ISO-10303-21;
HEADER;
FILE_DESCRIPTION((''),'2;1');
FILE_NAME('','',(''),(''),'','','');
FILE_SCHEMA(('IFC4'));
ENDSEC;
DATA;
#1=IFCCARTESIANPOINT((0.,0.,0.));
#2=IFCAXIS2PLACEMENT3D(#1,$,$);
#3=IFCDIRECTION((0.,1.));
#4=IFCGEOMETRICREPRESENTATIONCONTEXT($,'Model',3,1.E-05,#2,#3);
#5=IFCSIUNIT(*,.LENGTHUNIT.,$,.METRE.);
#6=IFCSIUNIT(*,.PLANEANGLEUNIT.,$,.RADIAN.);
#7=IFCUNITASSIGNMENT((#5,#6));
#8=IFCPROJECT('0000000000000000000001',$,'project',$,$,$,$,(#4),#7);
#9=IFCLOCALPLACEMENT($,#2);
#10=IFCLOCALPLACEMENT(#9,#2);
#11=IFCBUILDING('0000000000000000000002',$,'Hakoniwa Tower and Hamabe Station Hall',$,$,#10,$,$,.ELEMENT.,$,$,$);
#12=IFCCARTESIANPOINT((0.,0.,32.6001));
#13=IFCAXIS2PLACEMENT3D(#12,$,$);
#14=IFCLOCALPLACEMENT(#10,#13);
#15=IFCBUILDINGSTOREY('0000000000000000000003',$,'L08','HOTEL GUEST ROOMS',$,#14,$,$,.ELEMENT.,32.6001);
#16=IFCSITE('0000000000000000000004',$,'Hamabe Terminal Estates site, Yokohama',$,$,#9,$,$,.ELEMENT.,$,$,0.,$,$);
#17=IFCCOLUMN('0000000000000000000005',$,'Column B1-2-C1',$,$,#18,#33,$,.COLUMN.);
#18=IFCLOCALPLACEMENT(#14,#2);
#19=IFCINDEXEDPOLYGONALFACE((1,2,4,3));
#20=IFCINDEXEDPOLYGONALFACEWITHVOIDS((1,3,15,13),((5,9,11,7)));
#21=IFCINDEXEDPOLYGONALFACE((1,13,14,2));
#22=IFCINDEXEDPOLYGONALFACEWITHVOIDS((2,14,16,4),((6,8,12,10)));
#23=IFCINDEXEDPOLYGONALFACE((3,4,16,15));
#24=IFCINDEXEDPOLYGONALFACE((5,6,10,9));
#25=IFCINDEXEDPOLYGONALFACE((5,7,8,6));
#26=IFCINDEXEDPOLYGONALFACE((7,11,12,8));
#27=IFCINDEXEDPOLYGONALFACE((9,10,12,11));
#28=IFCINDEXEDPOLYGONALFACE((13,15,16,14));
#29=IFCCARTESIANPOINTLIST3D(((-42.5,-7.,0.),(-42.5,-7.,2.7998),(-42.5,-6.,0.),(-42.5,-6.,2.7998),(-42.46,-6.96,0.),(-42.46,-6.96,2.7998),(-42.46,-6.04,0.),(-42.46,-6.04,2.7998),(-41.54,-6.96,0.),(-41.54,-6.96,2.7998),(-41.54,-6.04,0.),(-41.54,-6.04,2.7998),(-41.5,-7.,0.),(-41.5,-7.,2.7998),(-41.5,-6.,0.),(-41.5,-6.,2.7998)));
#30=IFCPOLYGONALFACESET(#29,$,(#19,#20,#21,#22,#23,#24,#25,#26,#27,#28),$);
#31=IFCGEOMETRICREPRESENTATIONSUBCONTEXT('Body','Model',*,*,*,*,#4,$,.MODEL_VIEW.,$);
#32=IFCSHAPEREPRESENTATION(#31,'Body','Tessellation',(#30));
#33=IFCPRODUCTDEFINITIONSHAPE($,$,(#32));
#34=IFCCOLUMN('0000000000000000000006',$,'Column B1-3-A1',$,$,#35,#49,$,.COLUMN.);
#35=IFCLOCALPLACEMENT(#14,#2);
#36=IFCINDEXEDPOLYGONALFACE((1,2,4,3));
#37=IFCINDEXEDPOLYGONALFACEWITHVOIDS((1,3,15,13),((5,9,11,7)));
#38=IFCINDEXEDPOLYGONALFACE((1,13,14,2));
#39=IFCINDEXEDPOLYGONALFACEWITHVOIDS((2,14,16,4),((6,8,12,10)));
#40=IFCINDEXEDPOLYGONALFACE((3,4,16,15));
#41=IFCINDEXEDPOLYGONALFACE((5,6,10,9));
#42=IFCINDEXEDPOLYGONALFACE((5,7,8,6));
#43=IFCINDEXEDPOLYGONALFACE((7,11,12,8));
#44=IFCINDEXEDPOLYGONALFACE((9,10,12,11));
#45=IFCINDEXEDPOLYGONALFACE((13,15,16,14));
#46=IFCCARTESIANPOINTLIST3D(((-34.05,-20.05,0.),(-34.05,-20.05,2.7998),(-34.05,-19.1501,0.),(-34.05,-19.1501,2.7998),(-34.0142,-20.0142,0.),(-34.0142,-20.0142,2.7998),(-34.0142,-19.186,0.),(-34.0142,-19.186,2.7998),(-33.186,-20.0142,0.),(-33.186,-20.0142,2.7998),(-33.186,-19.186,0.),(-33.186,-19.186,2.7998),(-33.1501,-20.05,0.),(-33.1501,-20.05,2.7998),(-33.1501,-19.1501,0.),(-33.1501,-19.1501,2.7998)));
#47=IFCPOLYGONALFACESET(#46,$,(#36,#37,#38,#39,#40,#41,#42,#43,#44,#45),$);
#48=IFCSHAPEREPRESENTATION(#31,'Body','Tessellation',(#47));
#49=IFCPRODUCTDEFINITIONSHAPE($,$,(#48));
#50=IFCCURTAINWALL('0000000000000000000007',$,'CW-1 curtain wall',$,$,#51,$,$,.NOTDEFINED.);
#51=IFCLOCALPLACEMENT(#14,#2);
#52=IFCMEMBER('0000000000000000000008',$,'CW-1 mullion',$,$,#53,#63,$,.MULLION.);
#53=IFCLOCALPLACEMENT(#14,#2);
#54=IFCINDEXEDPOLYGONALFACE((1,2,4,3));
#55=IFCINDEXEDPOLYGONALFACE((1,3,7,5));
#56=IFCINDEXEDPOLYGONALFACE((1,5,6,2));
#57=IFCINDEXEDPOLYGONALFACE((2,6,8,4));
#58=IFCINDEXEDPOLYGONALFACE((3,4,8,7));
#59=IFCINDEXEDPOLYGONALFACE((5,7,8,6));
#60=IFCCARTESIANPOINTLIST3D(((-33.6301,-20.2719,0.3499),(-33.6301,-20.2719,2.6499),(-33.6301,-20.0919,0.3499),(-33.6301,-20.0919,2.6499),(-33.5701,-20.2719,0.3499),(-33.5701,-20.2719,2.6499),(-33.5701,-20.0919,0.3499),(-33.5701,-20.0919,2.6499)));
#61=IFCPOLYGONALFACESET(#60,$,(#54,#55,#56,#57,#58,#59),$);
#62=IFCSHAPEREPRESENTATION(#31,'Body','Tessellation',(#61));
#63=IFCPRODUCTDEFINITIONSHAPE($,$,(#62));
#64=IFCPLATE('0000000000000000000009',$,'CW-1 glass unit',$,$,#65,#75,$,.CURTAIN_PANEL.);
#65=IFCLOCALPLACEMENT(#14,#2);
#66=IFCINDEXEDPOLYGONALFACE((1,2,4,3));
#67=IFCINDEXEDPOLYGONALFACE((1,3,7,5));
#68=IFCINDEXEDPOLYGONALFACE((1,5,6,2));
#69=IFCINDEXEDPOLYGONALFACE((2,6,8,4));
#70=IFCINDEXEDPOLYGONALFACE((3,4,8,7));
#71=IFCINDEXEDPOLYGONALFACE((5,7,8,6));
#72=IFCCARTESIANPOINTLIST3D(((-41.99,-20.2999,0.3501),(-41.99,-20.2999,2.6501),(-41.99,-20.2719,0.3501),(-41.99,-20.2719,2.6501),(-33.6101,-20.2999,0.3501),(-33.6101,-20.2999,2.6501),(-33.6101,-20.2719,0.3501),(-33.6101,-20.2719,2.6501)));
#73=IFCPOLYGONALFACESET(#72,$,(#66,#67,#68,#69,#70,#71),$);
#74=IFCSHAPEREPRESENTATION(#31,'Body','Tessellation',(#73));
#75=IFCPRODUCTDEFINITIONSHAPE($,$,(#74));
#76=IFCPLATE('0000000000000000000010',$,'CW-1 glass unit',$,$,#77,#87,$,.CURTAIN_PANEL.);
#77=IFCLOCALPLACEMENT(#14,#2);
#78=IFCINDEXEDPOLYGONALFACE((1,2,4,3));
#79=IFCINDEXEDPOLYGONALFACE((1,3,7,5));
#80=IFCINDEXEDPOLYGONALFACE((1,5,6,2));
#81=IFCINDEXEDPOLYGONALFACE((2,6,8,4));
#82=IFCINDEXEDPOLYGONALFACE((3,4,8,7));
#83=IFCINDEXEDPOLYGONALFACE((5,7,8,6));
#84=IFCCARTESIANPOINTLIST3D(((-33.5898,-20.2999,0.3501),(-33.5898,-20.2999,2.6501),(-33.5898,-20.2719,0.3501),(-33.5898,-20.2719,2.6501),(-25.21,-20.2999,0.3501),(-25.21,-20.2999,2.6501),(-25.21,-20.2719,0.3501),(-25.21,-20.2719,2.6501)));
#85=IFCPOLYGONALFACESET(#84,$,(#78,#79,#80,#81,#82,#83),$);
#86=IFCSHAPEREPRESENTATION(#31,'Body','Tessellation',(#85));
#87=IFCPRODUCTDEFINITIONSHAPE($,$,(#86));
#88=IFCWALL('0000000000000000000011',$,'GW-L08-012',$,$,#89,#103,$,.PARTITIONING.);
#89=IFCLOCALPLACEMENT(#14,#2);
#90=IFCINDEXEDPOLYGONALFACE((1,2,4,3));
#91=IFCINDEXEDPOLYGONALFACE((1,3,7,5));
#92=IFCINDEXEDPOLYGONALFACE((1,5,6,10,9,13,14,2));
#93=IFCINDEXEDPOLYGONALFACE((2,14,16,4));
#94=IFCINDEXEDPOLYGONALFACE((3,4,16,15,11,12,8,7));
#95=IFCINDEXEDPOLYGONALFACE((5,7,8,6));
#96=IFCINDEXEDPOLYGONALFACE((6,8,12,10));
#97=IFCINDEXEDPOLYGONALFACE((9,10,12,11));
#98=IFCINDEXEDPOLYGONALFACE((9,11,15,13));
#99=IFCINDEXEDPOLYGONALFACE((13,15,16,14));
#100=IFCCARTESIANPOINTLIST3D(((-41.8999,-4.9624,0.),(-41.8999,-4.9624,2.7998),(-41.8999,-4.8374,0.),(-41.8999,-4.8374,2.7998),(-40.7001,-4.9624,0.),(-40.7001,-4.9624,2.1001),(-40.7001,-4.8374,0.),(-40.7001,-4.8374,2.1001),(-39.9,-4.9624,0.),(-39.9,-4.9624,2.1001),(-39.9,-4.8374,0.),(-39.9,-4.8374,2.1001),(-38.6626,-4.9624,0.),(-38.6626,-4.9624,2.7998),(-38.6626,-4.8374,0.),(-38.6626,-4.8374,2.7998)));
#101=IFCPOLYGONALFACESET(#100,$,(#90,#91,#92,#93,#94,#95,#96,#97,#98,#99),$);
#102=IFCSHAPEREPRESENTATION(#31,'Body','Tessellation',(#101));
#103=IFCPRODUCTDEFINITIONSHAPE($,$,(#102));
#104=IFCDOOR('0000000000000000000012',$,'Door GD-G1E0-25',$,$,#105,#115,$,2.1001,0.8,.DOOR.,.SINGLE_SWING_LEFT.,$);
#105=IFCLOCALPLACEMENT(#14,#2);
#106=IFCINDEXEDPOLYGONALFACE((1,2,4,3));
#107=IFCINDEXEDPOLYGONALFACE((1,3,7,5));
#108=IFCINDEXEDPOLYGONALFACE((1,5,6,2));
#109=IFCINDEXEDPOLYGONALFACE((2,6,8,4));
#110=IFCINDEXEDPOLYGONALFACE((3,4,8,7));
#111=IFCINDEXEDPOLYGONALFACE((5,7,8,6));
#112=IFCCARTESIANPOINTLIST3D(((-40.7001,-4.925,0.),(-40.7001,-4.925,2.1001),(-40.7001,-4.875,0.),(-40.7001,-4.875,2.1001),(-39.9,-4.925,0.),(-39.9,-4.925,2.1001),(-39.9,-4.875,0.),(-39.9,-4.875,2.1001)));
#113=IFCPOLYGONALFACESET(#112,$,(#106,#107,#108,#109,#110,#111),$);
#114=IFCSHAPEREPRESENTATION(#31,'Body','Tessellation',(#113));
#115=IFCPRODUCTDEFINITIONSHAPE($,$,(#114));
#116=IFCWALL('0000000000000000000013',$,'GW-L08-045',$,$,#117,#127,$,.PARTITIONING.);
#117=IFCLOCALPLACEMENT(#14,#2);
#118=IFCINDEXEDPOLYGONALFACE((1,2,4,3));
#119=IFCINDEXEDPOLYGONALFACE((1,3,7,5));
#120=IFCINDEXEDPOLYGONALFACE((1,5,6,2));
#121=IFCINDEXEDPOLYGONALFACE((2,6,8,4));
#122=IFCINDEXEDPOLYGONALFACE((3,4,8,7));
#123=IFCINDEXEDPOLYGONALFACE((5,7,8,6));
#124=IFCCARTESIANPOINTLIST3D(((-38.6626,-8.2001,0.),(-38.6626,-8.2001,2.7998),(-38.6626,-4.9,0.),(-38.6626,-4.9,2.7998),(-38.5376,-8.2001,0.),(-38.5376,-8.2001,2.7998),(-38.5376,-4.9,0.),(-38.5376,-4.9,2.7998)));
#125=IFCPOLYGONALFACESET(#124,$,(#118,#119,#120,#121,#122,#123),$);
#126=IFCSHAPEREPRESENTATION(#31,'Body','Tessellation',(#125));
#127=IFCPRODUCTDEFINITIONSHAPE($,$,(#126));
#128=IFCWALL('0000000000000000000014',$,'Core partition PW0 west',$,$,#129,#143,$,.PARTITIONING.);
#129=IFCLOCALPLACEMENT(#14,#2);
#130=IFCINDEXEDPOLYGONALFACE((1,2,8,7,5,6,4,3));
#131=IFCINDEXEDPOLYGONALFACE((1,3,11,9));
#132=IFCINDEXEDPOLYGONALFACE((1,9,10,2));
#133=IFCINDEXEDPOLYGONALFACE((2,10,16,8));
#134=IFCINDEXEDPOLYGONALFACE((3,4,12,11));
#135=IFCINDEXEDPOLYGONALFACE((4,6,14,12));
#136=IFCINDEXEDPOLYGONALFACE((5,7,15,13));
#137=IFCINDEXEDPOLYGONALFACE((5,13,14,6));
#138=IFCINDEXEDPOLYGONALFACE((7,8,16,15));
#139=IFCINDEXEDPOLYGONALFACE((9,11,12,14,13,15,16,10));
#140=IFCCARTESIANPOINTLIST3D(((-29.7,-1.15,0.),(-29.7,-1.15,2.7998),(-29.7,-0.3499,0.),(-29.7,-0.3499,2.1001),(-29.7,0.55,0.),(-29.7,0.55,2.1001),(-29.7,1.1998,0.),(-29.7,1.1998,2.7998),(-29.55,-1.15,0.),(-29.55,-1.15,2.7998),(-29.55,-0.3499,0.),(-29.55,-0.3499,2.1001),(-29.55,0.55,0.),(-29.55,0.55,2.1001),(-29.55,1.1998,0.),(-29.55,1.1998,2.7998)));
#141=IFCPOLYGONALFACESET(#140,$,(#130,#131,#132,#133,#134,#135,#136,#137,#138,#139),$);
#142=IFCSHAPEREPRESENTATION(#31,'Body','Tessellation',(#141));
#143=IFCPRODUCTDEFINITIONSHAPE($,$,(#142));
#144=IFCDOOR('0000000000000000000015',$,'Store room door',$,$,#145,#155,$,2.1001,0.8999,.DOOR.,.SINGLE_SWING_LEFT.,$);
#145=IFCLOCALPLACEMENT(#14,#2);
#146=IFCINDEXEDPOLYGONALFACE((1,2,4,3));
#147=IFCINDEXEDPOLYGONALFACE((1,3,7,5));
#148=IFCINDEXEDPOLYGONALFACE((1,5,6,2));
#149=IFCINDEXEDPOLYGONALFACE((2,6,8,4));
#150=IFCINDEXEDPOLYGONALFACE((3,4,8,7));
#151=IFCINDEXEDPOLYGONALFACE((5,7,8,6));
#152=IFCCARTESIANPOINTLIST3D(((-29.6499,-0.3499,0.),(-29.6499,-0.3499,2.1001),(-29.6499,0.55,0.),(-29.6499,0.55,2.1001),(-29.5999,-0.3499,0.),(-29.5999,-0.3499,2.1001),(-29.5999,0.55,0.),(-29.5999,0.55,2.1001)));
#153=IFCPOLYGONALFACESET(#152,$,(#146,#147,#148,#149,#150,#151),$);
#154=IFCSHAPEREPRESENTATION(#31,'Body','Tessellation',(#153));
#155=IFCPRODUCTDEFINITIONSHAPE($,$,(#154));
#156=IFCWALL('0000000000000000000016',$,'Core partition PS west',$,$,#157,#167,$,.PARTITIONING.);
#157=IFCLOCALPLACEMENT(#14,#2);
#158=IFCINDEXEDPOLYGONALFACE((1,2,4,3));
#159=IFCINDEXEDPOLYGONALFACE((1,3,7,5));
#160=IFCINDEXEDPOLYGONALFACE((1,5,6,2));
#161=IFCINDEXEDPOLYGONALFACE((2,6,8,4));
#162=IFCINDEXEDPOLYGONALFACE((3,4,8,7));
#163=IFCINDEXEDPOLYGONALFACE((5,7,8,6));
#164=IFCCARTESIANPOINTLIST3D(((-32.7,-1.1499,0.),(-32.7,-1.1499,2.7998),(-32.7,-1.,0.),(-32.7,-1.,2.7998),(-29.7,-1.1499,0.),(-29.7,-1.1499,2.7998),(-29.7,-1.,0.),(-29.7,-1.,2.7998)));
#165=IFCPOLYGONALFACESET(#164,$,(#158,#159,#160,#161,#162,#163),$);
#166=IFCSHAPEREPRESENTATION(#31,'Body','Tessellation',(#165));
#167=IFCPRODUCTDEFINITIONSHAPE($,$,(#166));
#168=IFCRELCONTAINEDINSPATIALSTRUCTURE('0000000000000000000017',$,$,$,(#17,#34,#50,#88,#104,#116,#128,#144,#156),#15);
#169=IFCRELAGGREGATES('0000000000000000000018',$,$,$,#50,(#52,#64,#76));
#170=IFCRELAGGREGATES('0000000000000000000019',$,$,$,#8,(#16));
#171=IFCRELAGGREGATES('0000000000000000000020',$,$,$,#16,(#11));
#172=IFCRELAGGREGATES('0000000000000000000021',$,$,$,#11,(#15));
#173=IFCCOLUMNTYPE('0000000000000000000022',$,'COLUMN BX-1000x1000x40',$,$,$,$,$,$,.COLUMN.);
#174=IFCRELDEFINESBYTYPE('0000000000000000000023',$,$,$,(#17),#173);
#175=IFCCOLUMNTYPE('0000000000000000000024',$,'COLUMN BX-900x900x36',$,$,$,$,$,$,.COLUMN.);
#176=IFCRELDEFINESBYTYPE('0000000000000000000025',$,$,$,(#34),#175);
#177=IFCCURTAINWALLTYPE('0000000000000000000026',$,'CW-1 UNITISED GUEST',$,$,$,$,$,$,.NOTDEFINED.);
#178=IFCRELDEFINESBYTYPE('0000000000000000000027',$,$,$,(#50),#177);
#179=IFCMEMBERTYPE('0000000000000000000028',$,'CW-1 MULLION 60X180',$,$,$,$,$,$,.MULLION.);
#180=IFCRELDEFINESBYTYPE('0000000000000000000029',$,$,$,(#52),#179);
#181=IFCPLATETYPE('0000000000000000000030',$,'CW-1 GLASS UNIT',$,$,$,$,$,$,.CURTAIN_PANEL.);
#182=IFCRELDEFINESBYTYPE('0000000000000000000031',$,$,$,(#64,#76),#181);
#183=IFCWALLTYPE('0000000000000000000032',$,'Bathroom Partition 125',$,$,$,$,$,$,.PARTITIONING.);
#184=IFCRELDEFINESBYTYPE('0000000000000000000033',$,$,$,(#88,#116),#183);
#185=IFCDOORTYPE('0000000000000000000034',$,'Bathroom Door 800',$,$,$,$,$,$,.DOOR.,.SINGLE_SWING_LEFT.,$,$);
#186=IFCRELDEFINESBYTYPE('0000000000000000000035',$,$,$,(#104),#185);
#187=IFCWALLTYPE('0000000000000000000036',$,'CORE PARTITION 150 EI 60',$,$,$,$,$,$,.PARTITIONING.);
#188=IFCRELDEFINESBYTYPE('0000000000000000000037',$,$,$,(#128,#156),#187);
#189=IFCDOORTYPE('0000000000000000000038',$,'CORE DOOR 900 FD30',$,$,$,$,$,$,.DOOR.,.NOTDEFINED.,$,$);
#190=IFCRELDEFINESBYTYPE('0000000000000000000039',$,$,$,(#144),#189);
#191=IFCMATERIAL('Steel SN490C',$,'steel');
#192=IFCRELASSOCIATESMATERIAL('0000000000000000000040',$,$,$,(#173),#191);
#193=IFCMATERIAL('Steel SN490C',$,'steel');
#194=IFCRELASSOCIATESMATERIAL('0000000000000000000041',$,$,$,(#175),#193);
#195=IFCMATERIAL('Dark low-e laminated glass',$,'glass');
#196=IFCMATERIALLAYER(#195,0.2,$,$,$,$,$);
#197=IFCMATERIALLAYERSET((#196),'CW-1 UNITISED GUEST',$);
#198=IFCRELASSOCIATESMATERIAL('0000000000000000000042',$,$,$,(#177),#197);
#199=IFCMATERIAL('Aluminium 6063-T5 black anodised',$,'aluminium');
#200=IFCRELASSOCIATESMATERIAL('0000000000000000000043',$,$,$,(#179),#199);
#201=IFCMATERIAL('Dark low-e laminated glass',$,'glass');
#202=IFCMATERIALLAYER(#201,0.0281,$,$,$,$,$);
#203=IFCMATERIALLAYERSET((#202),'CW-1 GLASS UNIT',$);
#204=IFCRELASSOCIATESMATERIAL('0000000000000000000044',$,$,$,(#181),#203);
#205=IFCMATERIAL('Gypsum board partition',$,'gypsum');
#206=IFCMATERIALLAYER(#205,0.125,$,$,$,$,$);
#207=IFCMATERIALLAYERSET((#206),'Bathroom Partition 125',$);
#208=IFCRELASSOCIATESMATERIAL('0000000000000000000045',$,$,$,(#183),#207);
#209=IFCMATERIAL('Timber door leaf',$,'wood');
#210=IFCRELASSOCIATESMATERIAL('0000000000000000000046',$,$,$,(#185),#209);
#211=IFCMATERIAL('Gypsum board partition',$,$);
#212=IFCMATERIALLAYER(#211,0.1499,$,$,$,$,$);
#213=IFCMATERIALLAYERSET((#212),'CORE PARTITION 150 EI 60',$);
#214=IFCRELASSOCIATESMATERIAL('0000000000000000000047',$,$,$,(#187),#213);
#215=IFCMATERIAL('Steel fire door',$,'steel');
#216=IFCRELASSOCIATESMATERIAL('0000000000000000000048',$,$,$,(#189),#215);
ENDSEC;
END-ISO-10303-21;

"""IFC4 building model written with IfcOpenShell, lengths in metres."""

from ifc_helpers import new_model, si_unit, direction, frame, frame_2d, origin, origin_2d, place, context, subcontext, project, spatial, rectangle, hollow_rectangle, extrude, material, layer, layer_set, material_profile, profile_set, type_object, element, fill, aggregate, save


model = new_model("IFC4")

# Units and contexts
model_context = context("Model", 3, precision=1e-05, world=origin(), true_north=direction((0.0, 1.0)))
body_context = subcontext(model_context, "Body", "Model", "MODEL_VIEW")
ifc_project = project(units=[si_unit("LENGTHUNIT", "METRE"), si_unit("PLANEANGLEUNIT", "RADIAN")], contexts=[model_context])

# Site, building, storey
site_placement = place(None, origin())
site = spatial("IfcSite", under=ifc_project, at=site_placement, Name="Hamabe Terminal Estates site, Yokohama", CompositionType="ELEMENT", RefElevation=0.0)
building_placement = place(site_placement, origin())
building = spatial("IfcBuilding", under=site, at=building_placement, Name="Hakoniwa Tower and Hamabe Station Hall", CompositionType="ELEMENT")
storey_placement = place(building_placement, frame((0.0, 0.0, 32.6001)))
storey = spatial("IfcBuildingStorey", under=building, at=storey_placement, Name="L08", Description="HOTEL GUEST ROOMS", CompositionType="ELEMENT", Elevation=32.6001)

# Columns
ifc_material_1 = material(Name="Steel SN490C", Category="steel")
ifc_material_profile_1 = material_profile(ifc_material_1, hollow_rectangle(XDim=1.0, YDim=1.0, WallThickness=0.04, at=origin_2d()), Name="BX-1000x1000x40")
ifc_profile_set_1 = profile_set([ifc_material_profile_1], Name="Steel SN490C")
column_type_1 = type_object("IfcColumnType", Name="COLUMN BX-1000x1000x40", PredefinedType="COLUMN", material=ifc_profile_set_1)
column_1_placement = place(storey_placement, frame((-42.0, -6.5, 0.0), z_axis=(0.0, 0.0, 1.0), x_axis=(1.0, 0.0, 0.0)))
element("IfcColumn", 1, at=column_1_placement, inside=storey, type_object=column_type_1, Name="Column B1-2-C1", PredefinedType="COLUMN", context=body_context, shape_type="SweptSolid", body=[
    extrude(hollow_rectangle(XDim=1.0, YDim=1.0, WallThickness=0.04, at=origin_2d()), origin(), (0.0, 0.0, 1.0), 2.7998),
])
ifc_material_2 = material(Name="Steel SN490C", Category="steel")
ifc_material_profile_2 = material_profile(ifc_material_2, hollow_rectangle(XDim=0.8999, YDim=0.8999, WallThickness=0.0359, at=origin_2d()), Name="BX-900x900x36")
ifc_profile_set_2 = profile_set([ifc_material_profile_2], Name="Steel SN490C")
column_type_2 = type_object("IfcColumnType", Name="COLUMN BX-900x900x36", PredefinedType="COLUMN", material=ifc_profile_set_2)
column_2_placement = place(storey_placement, frame((-33.6001, -19.6001, 0.0), z_axis=(0.0, 0.0, 1.0), x_axis=(1.0, 0.0, 0.0)))
element("IfcColumn", 2, at=column_2_placement, inside=storey, type_object=column_type_2, Name="Column B1-3-A1", PredefinedType="COLUMN", context=body_context, shape_type="SweptSolid", body=[
    extrude(hollow_rectangle(XDim=0.8999, YDim=0.8999, WallThickness=0.0359, at=origin_2d()), origin(), (0.0, 0.0, 1.0), 2.7998),
])

# Curtain wall, member, plates
ifc_material_3 = material(Name="Dark low-e laminated glass", Category="glass")
ifc_layer_1 = layer(ifc_material_3, 0.2)
ifc_layer_set_1 = layer_set([ifc_layer_1], Name="CW-1 UNITISED GUEST")
curtain_wall_type = type_object("IfcCurtainWallType", Name="CW-1 UNITISED GUEST", PredefinedType="NOTDEFINED", material=ifc_layer_set_1)
curtain_wall_placement = place(storey_placement, origin())
curtain_wall = element("IfcCurtainWall", 3, at=curtain_wall_placement, inside=storey, type_object=curtain_wall_type, Name="CW-1 curtain wall", PredefinedType="NOTDEFINED")
ifc_material_4 = material(Name="Aluminium 6063-T5 black anodised", Category="aluminium")
ifc_material_profile_3 = material_profile(ifc_material_4, rectangle(XDim=0.0601, YDim=0.1799, at=origin_2d()), Name="CW-1 MULLION 60X180")
ifc_profile_set_3 = profile_set([ifc_material_profile_3], Name="Aluminium 6063-T5 black anodised")
member_type = type_object("IfcMemberType", Name="CW-1 MULLION 60X180", PredefinedType="MULLION", material=ifc_profile_set_3)
member_placement = place(storey_placement, frame((-33.6001, -20.1819, 0.3499), z_axis=(0.0, 0.0, 1.0), x_axis=(1.0, 0.0, 0.0)))
member = element("IfcMember", 4, at=member_placement, type_object=member_type, Name="CW-1 mullion", PredefinedType="MULLION", context=body_context, shape_type="SweptSolid", body=[
    extrude(rectangle(XDim=0.0601, YDim=0.1799, at=origin_2d()), origin(), (0.0, 0.0, 1.0), 2.3),
])
ifc_material_5 = material(Name="Dark low-e laminated glass", Category="glass")
ifc_layer_2 = layer(ifc_material_5, 0.0281)
ifc_layer_set_2 = layer_set([ifc_layer_2], Name="CW-1 GLASS UNIT")
plate_type = type_object("IfcPlateType", Name="CW-1 GLASS UNIT", PredefinedType="CURTAIN_PANEL", material=ifc_layer_set_2)
plate_1_placement = place(storey_placement, frame((-37.8, -20.2859, 0.3501), z_axis=(0.0, 0.0, 1.0), x_axis=(1.0, 0.0, 0.0)))
plate_1 = element("IfcPlate", 5, at=plate_1_placement, type_object=plate_type, Name="CW-1 glass unit", PredefinedType="CURTAIN_PANEL", context=body_context, shape_type="SweptSolid", body=[
    extrude(rectangle(XDim=8.3799, YDim=0.0281, at=origin_2d()), origin(), (0.0, 0.0, 1.0), 2.3),
])
plate_2_placement = place(storey_placement, frame((-29.3999, -20.2859, 0.3501), z_axis=(0.0, 0.0, 1.0), x_axis=(1.0, 0.0, 0.0)))
plate_2 = element("IfcPlate", 6, at=plate_2_placement, type_object=plate_type, Name="CW-1 glass unit", PredefinedType="CURTAIN_PANEL", context=body_context, shape_type="SweptSolid", body=[
    extrude(rectangle(XDim=8.3799, YDim=0.0281, at=origin_2d()), origin(), (0.0, 0.0, 1.0), 2.3),
])
aggregate(curtain_wall, [member, plate_1, plate_2])

# Wall, opening, door
ifc_material_6 = material(Name="Gypsum board partition", Category="gypsum")
ifc_layer_3 = layer(ifc_material_6, 0.125)
ifc_layer_set_3 = layer_set([ifc_layer_3], Name="Bathroom Partition 125")
wall_type_1 = type_object("IfcWallType", Name="Bathroom Partition 125", PredefinedType="PARTITIONING", material=ifc_layer_set_3)
wall_1_placement = place(storey_placement, frame((-41.8999, -4.8999, 0.0), z_axis=(0.0, 0.0, 1.0), x_axis=(1.0, 0.0, 0.0)))
wall_1 = element("IfcWall", 7, at=wall_1_placement, inside=storey, type_object=wall_type_1, Name="GW-L08-012", PredefinedType="PARTITIONING", context=body_context, shape_type="SweptSolid", body=[
    extrude(rectangle(XDim=3.2373, YDim=0.125, at=frame_2d((1.6187, 0.0))), origin(), (0.0, 0.0, 1.0), 2.7998),
])
opening_1_placement = place(wall_1_placement, frame((1.2, 0.0, 0.0)))
opening_1 = element("IfcOpeningElement", 8, at=opening_1_placement, cuts=wall_1, PredefinedType="OPENING", context=body_context, shape_type="SweptSolid", body=[
    extrude(rectangle(XDim=0.8, YDim=2.1001, at=frame_2d((0.3999, 1.05))), frame((0.0, 0.0725, 0.0), z_axis=(0.0, -1.0, 0.0), x_axis=(1.0, 0.0, 0.0)), (0.0, 0.0, 1.0), 0.145),
])
ifc_material_7 = material(Name="Timber door leaf", Category="wood")
door_type_1 = type_object("IfcDoorType", Name="Bathroom Door 800", OperationType="SINGLE_SWING_LEFT", PredefinedType="DOOR", material=ifc_material_7)
door_1_placement = place(opening_1_placement, origin())
door_1 = element("IfcDoor", 9, at=door_1_placement, inside=storey, type_object=door_type_1, Name="Door GD-G1E0-25", OperationType="SINGLE_SWING_LEFT", OverallHeight=2.1001, OverallWidth=0.8, PredefinedType="DOOR", context=body_context, shape_type="SweptSolid", body=[
    extrude(rectangle(XDim=0.8, YDim=2.1001, at=frame_2d((0.3999, 1.05))), frame((0.0, 0.0249, 0.0), z_axis=(0.0, -1.0, 0.0), x_axis=(1.0, 0.0, 0.0)), (0.0, 0.0, 1.0), 0.05),
])
fill(opening_1, door_1)

# Wall
wall_2_placement = place(storey_placement, frame((-38.6001, -8.2, 0.0), z_axis=(0.0, 0.0, 1.0), x_axis=(0.0, 1.0, 0.0)))
element("IfcWall", 10, at=wall_2_placement, inside=storey, type_object=wall_type_1, Name="GW-L08-045", PredefinedType="PARTITIONING", context=body_context, shape_type="SweptSolid", body=[
    extrude(rectangle(XDim=3.3, YDim=0.125, at=frame_2d((1.6499, 0.0))), origin(), (0.0, 0.0, 1.0), 2.7998),
])

# Wall, opening, door
ifc_material_8 = material(Name="Gypsum board partition")
ifc_layer_4 = layer(ifc_material_8, 0.1499)
ifc_layer_set_4 = layer_set([ifc_layer_4], Name="CORE PARTITION 150 EI 60")
wall_type_2 = type_object("IfcWallType", Name="CORE PARTITION 150 EI 60", PredefinedType="PARTITIONING", material=ifc_layer_set_4)
wall_3_placement = place(storey_placement, frame((-29.625, -1.1499, 0.0), z_axis=(0.0, 0.0, 1.0), x_axis=(0.0, 1.0, 0.0)))
wall_3 = element("IfcWall", 11, at=wall_3_placement, inside=storey, type_object=wall_type_2, Name="Core partition PW0 west", PredefinedType="PARTITIONING", context=body_context, shape_type="SweptSolid", body=[
    extrude(rectangle(XDim=2.3499, YDim=0.1499, at=frame_2d((1.1748, 0.0))), origin(), (0.0, 0.0, 1.0), 2.7998),
])
opening_2_placement = place(wall_3_placement, frame((0.8, 0.0, 0.0)))
opening_2 = element("IfcOpeningElement", 12, at=opening_2_placement, cuts=wall_3, PredefinedType="OPENING", context=body_context, shape_type="SweptSolid", body=[
    extrude(rectangle(XDim=0.8999, YDim=2.1001, at=frame_2d((0.45, 1.05))), frame((0.0, 0.085, 0.0), z_axis=(0.0, -1.0, 0.0), x_axis=(1.0, 0.0, 0.0)), (0.0, 0.0, 1.0), 0.1699),
])
ifc_material_9 = material(Name="Steel fire door", Category="steel")
door_type_2 = type_object("IfcDoorType", Name="CORE DOOR 900 FD30", OperationType="NOTDEFINED", PredefinedType="DOOR", material=ifc_material_9)
door_2_placement = place(opening_2_placement, origin())
door_2 = element("IfcDoor", 13, at=door_2_placement, inside=storey, type_object=door_type_2, Name="Store room door", OperationType="SINGLE_SWING_LEFT", OverallHeight=2.1001, OverallWidth=0.8999, PredefinedType="DOOR", context=body_context, shape_type="SweptSolid", body=[
    extrude(rectangle(XDim=0.8999, YDim=2.1001, at=frame_2d((0.45, 1.05))), frame((0.0, 0.0249, 0.0), z_axis=(0.0, -1.0, 0.0), x_axis=(1.0, 0.0, 0.0)), (0.0, 0.0, 1.0), 0.05),
])
fill(opening_2, door_2)

# Wall
wall_4_placement = place(storey_placement, frame((-32.7, -1.075, 0.0), z_axis=(0.0, 0.0, 1.0), x_axis=(1.0, 0.0, 0.0)))
element("IfcWall", 14, at=wall_4_placement, inside=storey, type_object=wall_type_2, Name="Core partition PS west", PredefinedType="PARTITIONING", context=body_context, shape_type="SweptSolid", body=[
    extrude(rectangle(XDim=3.0, YDim=0.1499, at=frame_2d((1.5, 0.0))), origin(), (0.0, 0.0, 1.0), 2.7998),
])

save(model, "model.ifc")
